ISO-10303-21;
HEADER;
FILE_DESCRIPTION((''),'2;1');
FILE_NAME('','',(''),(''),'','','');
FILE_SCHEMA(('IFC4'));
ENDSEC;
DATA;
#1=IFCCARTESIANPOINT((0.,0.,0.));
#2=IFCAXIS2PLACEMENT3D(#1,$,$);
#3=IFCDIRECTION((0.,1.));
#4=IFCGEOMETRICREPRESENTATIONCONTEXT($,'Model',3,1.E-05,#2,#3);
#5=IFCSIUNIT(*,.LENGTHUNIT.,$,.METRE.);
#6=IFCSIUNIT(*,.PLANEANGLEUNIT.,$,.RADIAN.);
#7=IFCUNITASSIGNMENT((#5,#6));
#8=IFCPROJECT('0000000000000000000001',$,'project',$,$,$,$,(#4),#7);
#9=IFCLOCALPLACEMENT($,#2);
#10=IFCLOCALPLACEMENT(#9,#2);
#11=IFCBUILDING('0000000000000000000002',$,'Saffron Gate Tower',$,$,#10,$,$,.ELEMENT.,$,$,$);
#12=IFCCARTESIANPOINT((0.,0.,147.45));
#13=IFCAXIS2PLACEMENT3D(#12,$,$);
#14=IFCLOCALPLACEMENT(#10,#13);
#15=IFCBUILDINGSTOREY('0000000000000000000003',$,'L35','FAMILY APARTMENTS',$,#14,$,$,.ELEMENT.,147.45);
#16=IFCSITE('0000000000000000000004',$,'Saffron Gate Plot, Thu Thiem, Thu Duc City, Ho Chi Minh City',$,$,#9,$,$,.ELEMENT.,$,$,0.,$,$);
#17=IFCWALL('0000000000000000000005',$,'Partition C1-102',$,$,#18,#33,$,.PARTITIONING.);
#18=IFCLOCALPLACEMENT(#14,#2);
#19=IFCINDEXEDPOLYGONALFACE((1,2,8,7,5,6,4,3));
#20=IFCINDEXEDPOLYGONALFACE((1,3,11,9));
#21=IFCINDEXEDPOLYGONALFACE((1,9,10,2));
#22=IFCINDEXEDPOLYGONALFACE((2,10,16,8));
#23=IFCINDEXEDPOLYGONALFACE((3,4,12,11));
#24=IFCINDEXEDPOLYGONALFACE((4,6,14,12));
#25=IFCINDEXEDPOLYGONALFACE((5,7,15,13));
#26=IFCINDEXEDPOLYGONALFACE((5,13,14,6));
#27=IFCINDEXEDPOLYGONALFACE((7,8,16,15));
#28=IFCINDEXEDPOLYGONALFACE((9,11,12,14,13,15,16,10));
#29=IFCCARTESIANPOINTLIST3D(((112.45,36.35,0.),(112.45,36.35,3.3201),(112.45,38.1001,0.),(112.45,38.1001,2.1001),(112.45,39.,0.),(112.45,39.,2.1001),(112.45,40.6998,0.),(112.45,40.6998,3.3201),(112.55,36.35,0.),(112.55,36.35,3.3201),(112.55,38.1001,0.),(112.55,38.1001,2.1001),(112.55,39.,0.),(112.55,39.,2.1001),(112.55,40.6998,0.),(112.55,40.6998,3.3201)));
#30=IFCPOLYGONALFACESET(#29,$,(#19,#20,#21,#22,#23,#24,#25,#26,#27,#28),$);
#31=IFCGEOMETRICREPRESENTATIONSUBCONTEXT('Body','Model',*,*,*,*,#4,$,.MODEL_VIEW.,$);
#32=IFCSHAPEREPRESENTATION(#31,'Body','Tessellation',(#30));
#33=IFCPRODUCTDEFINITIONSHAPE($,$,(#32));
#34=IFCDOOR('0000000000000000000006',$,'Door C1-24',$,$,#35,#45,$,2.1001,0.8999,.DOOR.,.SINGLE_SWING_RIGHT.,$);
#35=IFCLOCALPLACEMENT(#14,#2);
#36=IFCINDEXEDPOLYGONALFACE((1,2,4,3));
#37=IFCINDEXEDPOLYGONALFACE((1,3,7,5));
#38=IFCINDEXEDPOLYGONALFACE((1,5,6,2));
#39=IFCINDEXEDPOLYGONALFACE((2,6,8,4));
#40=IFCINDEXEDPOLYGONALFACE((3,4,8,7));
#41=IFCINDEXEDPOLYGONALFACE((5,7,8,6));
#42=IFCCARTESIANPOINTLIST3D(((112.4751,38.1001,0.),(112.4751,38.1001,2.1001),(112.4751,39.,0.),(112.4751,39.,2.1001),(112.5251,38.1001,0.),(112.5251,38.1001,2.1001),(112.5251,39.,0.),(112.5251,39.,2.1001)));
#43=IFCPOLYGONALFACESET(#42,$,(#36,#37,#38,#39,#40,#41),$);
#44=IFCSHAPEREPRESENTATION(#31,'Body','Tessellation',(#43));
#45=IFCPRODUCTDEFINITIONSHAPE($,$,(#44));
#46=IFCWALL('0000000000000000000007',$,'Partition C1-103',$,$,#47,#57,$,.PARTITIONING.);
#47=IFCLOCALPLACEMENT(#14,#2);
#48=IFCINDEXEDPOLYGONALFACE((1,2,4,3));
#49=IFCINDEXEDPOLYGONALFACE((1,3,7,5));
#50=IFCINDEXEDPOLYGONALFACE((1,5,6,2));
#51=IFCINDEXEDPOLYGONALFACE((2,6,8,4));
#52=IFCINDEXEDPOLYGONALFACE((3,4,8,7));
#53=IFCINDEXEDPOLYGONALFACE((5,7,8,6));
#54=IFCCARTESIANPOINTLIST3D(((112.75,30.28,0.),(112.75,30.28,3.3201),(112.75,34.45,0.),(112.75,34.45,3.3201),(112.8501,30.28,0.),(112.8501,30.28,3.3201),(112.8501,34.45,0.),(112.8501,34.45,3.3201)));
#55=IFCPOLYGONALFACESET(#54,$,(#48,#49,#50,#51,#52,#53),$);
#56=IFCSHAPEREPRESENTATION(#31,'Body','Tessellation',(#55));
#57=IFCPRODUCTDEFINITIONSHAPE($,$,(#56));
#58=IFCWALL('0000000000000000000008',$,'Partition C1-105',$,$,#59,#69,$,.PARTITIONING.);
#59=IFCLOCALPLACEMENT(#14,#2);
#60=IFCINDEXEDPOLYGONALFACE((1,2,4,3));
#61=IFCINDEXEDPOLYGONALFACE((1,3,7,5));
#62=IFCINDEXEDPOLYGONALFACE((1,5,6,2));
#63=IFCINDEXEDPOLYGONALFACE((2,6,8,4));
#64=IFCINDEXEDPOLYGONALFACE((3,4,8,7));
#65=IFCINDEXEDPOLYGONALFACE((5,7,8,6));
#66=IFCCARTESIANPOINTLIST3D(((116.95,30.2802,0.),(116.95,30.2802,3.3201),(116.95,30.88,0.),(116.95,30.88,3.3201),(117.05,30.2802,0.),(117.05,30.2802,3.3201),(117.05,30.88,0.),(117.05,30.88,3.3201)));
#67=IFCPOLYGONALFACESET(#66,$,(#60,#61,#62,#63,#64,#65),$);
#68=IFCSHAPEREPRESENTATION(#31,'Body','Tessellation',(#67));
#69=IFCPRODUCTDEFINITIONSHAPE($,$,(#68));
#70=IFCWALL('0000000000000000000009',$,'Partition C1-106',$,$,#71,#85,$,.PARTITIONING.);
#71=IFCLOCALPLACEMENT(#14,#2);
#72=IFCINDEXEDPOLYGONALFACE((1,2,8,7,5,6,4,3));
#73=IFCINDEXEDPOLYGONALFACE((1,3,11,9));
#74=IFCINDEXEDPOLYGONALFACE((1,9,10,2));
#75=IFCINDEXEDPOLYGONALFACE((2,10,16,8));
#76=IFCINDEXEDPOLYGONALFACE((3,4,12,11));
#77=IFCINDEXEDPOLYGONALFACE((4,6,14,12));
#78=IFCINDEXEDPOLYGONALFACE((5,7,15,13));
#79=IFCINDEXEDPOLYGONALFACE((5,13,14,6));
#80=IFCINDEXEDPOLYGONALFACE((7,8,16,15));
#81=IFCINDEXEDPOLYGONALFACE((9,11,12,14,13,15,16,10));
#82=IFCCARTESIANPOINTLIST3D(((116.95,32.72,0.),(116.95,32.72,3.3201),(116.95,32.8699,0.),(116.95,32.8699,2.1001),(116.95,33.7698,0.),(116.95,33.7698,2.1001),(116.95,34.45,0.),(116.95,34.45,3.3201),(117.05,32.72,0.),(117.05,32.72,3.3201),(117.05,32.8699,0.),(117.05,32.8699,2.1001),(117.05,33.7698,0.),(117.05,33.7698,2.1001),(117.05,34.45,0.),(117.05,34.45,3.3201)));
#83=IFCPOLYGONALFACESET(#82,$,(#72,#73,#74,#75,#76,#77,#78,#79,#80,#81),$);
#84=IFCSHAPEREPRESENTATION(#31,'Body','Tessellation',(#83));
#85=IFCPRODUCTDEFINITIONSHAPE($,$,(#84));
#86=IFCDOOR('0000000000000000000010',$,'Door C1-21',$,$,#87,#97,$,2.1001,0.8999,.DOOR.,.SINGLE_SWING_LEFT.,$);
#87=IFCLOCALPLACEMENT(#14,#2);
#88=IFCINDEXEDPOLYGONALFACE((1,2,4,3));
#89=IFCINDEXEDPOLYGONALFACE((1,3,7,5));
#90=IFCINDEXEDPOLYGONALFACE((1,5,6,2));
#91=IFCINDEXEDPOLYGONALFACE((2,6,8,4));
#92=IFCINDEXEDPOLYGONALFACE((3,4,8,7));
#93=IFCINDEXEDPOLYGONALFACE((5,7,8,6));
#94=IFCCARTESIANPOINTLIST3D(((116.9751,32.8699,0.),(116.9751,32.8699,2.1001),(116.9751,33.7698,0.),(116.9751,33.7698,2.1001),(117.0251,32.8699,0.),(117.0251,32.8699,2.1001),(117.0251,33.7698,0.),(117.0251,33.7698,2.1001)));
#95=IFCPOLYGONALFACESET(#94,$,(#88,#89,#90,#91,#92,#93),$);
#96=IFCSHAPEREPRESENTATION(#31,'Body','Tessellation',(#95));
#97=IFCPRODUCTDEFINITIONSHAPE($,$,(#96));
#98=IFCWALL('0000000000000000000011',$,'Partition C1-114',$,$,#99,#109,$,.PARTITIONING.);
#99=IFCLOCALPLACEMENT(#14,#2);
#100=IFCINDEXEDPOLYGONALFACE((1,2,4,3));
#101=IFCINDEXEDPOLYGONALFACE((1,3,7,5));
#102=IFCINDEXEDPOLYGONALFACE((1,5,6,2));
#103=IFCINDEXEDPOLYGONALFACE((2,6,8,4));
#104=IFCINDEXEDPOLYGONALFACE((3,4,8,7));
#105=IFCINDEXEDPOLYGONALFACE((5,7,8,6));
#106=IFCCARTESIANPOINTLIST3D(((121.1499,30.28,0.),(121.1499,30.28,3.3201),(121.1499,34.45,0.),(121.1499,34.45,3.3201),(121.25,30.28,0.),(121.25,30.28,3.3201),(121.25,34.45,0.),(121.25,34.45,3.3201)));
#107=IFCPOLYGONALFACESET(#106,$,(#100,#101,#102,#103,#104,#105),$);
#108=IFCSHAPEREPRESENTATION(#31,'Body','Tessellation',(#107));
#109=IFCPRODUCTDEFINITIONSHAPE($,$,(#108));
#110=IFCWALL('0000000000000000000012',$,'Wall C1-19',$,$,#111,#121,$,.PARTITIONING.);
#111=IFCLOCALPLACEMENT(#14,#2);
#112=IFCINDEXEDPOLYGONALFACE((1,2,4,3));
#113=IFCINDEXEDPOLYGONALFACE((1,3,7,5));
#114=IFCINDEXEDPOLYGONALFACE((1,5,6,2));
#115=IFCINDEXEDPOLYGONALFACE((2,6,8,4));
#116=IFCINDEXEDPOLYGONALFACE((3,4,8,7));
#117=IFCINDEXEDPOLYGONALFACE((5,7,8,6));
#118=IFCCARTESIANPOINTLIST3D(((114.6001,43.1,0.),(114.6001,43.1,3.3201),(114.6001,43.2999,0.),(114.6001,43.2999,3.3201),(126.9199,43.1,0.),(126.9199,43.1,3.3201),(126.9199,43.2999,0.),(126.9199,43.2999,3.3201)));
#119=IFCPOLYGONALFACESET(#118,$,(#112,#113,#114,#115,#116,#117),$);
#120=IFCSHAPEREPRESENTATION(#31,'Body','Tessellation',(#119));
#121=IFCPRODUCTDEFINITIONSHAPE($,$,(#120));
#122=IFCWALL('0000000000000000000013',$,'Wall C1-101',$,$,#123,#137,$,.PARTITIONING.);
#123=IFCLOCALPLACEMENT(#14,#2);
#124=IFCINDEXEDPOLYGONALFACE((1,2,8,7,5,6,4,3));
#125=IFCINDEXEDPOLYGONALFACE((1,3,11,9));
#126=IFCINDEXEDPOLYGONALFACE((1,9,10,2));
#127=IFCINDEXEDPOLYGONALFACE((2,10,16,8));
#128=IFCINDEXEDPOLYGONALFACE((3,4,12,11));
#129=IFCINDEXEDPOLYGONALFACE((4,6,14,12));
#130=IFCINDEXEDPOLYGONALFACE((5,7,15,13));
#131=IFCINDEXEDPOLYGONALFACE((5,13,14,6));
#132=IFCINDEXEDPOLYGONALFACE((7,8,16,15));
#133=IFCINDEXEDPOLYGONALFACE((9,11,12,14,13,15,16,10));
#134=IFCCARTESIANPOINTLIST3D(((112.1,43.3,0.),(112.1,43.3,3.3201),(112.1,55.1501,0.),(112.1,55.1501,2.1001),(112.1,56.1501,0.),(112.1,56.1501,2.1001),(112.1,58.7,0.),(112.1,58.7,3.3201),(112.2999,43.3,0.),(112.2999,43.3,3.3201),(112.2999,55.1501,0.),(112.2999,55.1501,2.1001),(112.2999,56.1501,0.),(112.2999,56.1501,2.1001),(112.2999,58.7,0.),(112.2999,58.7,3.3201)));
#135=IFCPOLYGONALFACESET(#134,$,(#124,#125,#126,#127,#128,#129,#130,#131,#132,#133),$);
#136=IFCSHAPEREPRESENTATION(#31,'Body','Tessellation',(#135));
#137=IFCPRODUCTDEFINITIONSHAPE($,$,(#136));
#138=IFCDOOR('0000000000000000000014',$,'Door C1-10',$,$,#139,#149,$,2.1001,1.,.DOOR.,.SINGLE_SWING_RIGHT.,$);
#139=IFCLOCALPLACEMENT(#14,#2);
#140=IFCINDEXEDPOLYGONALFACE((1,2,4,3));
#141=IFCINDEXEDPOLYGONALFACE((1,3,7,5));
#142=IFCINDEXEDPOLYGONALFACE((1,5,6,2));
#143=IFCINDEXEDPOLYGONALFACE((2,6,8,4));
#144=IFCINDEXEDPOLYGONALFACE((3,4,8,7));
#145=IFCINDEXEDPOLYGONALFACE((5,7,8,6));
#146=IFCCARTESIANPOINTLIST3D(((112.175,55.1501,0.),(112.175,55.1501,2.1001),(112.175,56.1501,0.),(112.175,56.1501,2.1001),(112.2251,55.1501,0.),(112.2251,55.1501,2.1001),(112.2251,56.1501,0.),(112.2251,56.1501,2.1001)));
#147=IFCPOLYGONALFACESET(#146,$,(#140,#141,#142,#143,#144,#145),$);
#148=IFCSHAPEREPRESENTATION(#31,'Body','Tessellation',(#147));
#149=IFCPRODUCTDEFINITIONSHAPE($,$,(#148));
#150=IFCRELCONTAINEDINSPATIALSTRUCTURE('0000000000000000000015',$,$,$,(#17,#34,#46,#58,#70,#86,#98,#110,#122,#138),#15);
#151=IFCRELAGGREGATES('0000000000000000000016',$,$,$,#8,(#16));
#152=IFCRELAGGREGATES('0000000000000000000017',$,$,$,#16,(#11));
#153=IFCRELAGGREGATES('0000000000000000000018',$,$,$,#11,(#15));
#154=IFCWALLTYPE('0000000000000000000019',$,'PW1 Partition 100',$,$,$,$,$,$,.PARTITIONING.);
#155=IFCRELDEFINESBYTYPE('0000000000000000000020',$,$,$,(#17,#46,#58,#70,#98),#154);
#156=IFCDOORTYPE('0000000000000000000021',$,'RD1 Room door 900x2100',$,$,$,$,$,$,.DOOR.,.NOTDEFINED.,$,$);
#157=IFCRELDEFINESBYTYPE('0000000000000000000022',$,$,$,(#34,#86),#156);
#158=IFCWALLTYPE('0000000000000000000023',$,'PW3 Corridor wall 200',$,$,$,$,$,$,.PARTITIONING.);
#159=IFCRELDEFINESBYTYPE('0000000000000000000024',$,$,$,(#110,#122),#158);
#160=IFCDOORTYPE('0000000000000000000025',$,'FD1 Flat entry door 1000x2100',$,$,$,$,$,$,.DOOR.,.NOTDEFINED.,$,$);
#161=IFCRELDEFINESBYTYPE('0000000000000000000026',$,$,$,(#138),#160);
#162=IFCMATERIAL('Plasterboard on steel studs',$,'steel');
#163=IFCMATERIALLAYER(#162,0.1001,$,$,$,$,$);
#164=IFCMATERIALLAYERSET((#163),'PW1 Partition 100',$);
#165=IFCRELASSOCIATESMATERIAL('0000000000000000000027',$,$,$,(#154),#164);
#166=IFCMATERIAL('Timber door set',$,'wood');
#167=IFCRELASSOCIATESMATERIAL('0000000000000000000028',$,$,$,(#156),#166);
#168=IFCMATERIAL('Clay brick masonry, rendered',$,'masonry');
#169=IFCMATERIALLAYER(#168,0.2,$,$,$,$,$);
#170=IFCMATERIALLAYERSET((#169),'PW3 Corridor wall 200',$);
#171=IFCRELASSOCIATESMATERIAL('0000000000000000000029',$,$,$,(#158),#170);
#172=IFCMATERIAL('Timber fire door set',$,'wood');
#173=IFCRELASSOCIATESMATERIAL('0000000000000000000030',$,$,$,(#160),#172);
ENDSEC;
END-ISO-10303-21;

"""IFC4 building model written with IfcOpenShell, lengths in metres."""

from ifc_helpers import new_model, si_unit, direction, frame, frame_2d, origin, place, context, subcontext, project, spatial, rectangle, extrude, material, layer, layer_set, type_object, element, fill, save


model = new_model("IFC4")

# Units and contexts
model_context = context("Model", 3, precision=1e-05, world=origin(), true_north=direction((0.0, 1.0)))
body_context = subcontext(model_context, "Body", "Model", "MODEL_VIEW")
ifc_project = project(units=[si_unit("LENGTHUNIT", "METRE"), si_unit("PLANEANGLEUNIT", "RADIAN")], contexts=[model_context])

# Site, building, storey
site_placement = place(None, origin())
site = spatial("IfcSite", under=ifc_project, at=site_placement, Name="Saffron Gate Plot, Thu Thiem, Thu Duc City, Ho Chi Minh City", CompositionType="ELEMENT", RefElevation=0.0)
building_placement = place(site_placement, origin())
building = spatial("IfcBuilding", under=site, at=building_placement, Name="Saffron Gate Tower", CompositionType="ELEMENT")
storey_placement = place(building_placement, frame((0.0, 0.0, 147.45)))
storey = spatial("IfcBuildingStorey", under=building, at=storey_placement, Name="L35", Description="FAMILY APARTMENTS", CompositionType="ELEMENT", Elevation=147.45)

# Shared definitions
ifc_material_1 = material(Name="Plasterboard on steel studs", Category="steel")
ifc_layer_1 = layer(ifc_material_1, 0.1001)
ifc_layer_set_1 = layer_set([ifc_layer_1], Name="PW1 Partition 100")
wall_type_1 = type_object("IfcWallType", Name="PW1 Partition 100", PredefinedType="PARTITIONING", material=ifc_layer_set_1)
ifc_material_2 = material(Name="Timber door set", Category="wood")
door_type_1 = type_object("IfcDoorType", Name="RD1 Room door 900x2100", OperationType="NOTDEFINED", PredefinedType="DOOR", material=ifc_material_2)

# Wall, opening, door
wall_1_placement = place(storey_placement, frame((112.5, 36.3501, 0.0), z_axis=(0.0, 0.0, 1.0), x_axis=(0.0, 1.0, 0.0)))
wall_1 = element("IfcWall", 1, at=wall_1_placement, inside=storey, type_object=wall_type_1, Name="Partition C1-102", PredefinedType="PARTITIONING", context=body_context, shape_type="SweptSolid", body=[
    extrude(rectangle(XDim=4.3499, YDim=0.1001, at=frame_2d((2.1748, 0.0))), origin(), (0.0, 0.0, 1.0), 3.3201),
])
opening_1_placement = place(wall_1_placement, frame((1.75, 0.0, 0.0)))
opening_1 = element("IfcOpeningElement", 2, at=opening_1_placement, cuts=wall_1, PredefinedType="OPENING", context=body_context, shape_type="SweptSolid", body=[
    extrude(rectangle(XDim=0.8999, YDim=2.1001, at=frame_2d((0.45, 1.05))), frame((0.0, 0.0601, 0.0), z_axis=(0.0, -1.0, 0.0), x_axis=(1.0, 0.0, 0.0)), (0.0, 0.0, 1.0), 0.1201),
])
door_1_placement = place(opening_1_placement, origin())
door_1 = element("IfcDoor", 3, at=door_1_placement, inside=storey, type_object=door_type_1, Name="Door C1-24", OperationType="SINGLE_SWING_RIGHT", OverallHeight=2.1001, OverallWidth=0.8999, PredefinedType="DOOR", context=body_context, shape_type="SweptSolid", body=[
    extrude(rectangle(XDim=0.8999, YDim=2.1001, at=frame_2d((0.45, 1.05))), frame((0.0, 0.0249, 0.0), z_axis=(0.0, -1.0, 0.0), x_axis=(1.0, 0.0, 0.0)), (0.0, 0.0, 1.0), 0.05),
])
fill(opening_1, door_1)

# Walls
wall_2_placement = place(storey_placement, frame((112.8, 34.45, 0.0), z_axis=(0.0, 0.0, 1.0), x_axis=(0.0, -1.0, 0.0)))
element("IfcWall", 4, at=wall_2_placement, inside=storey, type_object=wall_type_1, Name="Partition C1-103", PredefinedType="PARTITIONING", context=body_context, shape_type="SweptSolid", body=[
    extrude(rectangle(XDim=4.1699, YDim=0.1001, at=frame_2d((2.085, 0.0))), origin(), (0.0, 0.0, 1.0), 3.3201),
])
wall_3_placement = place(storey_placement, frame((117.0, 30.8799, 0.0), z_axis=(0.0, 0.0, 1.0), x_axis=(0.0, -1.0, 0.0)))
element("IfcWall", 5, at=wall_3_placement, inside=storey, type_object=wall_type_1, Name="Partition C1-105", PredefinedType="PARTITIONING", context=body_context, shape_type="SweptSolid", body=[
    extrude(rectangle(XDim=0.5999, YDim=0.1001, at=frame_2d((0.2998, 0.0))), origin(), (0.0, 0.0, 1.0), 3.3201),
])

# Wall, opening, door
wall_4_placement = place(storey_placement, frame((117.0, 32.72, 0.0), z_axis=(0.0, 0.0, 1.0), x_axis=(0.0, 1.0, 0.0)))
wall_4 = element("IfcWall", 6, at=wall_4_placement, inside=storey, type_object=wall_type_1, Name="Partition C1-106", PredefinedType="PARTITIONING", context=body_context, shape_type="SweptSolid", body=[
    extrude(rectangle(XDim=1.73, YDim=0.1001, at=frame_2d((0.865, 0.0))), origin(), (0.0, 0.0, 1.0), 3.3201),
])
opening_2_placement = place(wall_4_placement, frame((0.1499, 0.0, 0.0)))
opening_2 = element("IfcOpeningElement", 7, at=opening_2_placement, cuts=wall_4, PredefinedType="OPENING", context=body_context, shape_type="SweptSolid", body=[
    extrude(rectangle(XDim=0.8999, YDim=2.1001, at=frame_2d((0.45, 1.05))), frame((0.0, 0.0601, 0.0), z_axis=(0.0, -1.0, 0.0), x_axis=(1.0, 0.0, 0.0)), (0.0, 0.0, 1.0), 0.1201),
])
door_2_placement = place(opening_2_placement, origin())
door_2 = element("IfcDoor", 8, at=door_2_placement, inside=storey, type_object=door_type_1, Name="Door C1-21", OperationType="SINGLE_SWING_LEFT", OverallHeight=2.1001, OverallWidth=0.8999, PredefinedType="DOOR", context=body_context, shape_type="SweptSolid", body=[
    extrude(rectangle(XDim=0.8999, YDim=2.1001, at=frame_2d((0.45, 1.05))), frame((0.0, 0.0249, 0.0), z_axis=(0.0, -1.0, 0.0), x_axis=(1.0, 0.0, 0.0)), (0.0, 0.0, 1.0), 0.05),
])
fill(opening_2, door_2)

# Walls
wall_5_placement = place(storey_placement, frame((121.2, 34.45, 0.0), z_axis=(0.0, 0.0, 1.0), x_axis=(0.0, -1.0, 0.0)))
element("IfcWall", 9, at=wall_5_placement, inside=storey, type_object=wall_type_1, Name="Partition C1-114", PredefinedType="PARTITIONING", context=body_context, shape_type="SweptSolid", body=[
    extrude(rectangle(XDim=4.1699, YDim=0.1001, at=frame_2d((2.085, 0.0))), origin(), (0.0, 0.0, 1.0), 3.3201),
])
ifc_material_3 = material(Name="Clay brick masonry, rendered", Category="masonry")
ifc_layer_2 = layer(ifc_material_3, 0.2)
ifc_layer_set_2 = layer_set([ifc_layer_2], Name="PW3 Corridor wall 200")
wall_type_2 = type_object("IfcWallType", Name="PW3 Corridor wall 200", PredefinedType="PARTITIONING", material=ifc_layer_set_2)
wall_6_placement = place(storey_placement, frame((114.6001, 43.2, 0.0), z_axis=(0.0, 0.0, 1.0), x_axis=(1.0, 0.0, 0.0)))
element("IfcWall", 10, at=wall_6_placement, inside=storey, type_object=wall_type_2, Name="Wall C1-19", PredefinedType="PARTITIONING", context=body_context, shape_type="SweptSolid", body=[
    extrude(rectangle(XDim=12.3198, YDim=0.2, at=frame_2d((6.1599, 0.0))), origin(), (0.0, 0.0, 1.0), 3.3201),
])

# Wall, opening, door
wall_7_placement = place(storey_placement, frame((112.2, 43.3, 0.0), z_axis=(0.0, 0.0, 1.0), x_axis=(0.0, 1.0, 0.0)))
wall_7 = element("IfcWall", 11, at=wall_7_placement, inside=storey, type_object=wall_type_2, Name="Wall C1-101", PredefinedType="PARTITIONING", context=body_context, shape_type="SweptSolid", body=[
    extrude(rectangle(XDim=15.3999, YDim=0.2, at=frame_2d((7.7, 0.0))), origin(), (0.0, 0.0, 1.0), 3.3201),
])
opening_3_placement = place(wall_7_placement, frame((11.8501, 0.0, 0.0)))
opening_3 = element("IfcOpeningElement", 12, at=opening_3_placement, cuts=wall_7, PredefinedType="OPENING", context=body_context, shape_type="SweptSolid", body=[
    extrude(rectangle(XDim=1.0, YDim=2.1001, at=frame_2d((0.5, 1.05))), frame((0.0, 0.1099, 0.0), z_axis=(0.0, -1.0, 0.0), x_axis=(1.0, 0.0, 0.0)), (0.0, 0.0, 1.0), 0.22),
])
ifc_material_4 = material(Name="Timber fire door set", Category="wood")
door_type_2 = type_object("IfcDoorType", Name="FD1 Flat entry door 1000x2100", OperationType="NOTDEFINED", PredefinedType="DOOR", material=ifc_material_4)
door_3_placement = place(opening_3_placement, origin())
door_3 = element("IfcDoor", 13, at=door_3_placement, inside=storey, type_object=door_type_2, Name="Door C1-10", OperationType="SINGLE_SWING_RIGHT", OverallHeight=2.1001, OverallWidth=1.0, PredefinedType="DOOR", context=body_context, shape_type="SweptSolid", body=[
    extrude(rectangle(XDim=1.0, YDim=2.1001, at=frame_2d((0.5, 1.05))), frame((0.0, 0.0249, 0.0), z_axis=(0.0, -1.0, 0.0), x_axis=(1.0, 0.0, 0.0)), (0.0, 0.0, 1.0), 0.05),
])
fill(opening_3, door_3)

save(model, "model.ifc")
